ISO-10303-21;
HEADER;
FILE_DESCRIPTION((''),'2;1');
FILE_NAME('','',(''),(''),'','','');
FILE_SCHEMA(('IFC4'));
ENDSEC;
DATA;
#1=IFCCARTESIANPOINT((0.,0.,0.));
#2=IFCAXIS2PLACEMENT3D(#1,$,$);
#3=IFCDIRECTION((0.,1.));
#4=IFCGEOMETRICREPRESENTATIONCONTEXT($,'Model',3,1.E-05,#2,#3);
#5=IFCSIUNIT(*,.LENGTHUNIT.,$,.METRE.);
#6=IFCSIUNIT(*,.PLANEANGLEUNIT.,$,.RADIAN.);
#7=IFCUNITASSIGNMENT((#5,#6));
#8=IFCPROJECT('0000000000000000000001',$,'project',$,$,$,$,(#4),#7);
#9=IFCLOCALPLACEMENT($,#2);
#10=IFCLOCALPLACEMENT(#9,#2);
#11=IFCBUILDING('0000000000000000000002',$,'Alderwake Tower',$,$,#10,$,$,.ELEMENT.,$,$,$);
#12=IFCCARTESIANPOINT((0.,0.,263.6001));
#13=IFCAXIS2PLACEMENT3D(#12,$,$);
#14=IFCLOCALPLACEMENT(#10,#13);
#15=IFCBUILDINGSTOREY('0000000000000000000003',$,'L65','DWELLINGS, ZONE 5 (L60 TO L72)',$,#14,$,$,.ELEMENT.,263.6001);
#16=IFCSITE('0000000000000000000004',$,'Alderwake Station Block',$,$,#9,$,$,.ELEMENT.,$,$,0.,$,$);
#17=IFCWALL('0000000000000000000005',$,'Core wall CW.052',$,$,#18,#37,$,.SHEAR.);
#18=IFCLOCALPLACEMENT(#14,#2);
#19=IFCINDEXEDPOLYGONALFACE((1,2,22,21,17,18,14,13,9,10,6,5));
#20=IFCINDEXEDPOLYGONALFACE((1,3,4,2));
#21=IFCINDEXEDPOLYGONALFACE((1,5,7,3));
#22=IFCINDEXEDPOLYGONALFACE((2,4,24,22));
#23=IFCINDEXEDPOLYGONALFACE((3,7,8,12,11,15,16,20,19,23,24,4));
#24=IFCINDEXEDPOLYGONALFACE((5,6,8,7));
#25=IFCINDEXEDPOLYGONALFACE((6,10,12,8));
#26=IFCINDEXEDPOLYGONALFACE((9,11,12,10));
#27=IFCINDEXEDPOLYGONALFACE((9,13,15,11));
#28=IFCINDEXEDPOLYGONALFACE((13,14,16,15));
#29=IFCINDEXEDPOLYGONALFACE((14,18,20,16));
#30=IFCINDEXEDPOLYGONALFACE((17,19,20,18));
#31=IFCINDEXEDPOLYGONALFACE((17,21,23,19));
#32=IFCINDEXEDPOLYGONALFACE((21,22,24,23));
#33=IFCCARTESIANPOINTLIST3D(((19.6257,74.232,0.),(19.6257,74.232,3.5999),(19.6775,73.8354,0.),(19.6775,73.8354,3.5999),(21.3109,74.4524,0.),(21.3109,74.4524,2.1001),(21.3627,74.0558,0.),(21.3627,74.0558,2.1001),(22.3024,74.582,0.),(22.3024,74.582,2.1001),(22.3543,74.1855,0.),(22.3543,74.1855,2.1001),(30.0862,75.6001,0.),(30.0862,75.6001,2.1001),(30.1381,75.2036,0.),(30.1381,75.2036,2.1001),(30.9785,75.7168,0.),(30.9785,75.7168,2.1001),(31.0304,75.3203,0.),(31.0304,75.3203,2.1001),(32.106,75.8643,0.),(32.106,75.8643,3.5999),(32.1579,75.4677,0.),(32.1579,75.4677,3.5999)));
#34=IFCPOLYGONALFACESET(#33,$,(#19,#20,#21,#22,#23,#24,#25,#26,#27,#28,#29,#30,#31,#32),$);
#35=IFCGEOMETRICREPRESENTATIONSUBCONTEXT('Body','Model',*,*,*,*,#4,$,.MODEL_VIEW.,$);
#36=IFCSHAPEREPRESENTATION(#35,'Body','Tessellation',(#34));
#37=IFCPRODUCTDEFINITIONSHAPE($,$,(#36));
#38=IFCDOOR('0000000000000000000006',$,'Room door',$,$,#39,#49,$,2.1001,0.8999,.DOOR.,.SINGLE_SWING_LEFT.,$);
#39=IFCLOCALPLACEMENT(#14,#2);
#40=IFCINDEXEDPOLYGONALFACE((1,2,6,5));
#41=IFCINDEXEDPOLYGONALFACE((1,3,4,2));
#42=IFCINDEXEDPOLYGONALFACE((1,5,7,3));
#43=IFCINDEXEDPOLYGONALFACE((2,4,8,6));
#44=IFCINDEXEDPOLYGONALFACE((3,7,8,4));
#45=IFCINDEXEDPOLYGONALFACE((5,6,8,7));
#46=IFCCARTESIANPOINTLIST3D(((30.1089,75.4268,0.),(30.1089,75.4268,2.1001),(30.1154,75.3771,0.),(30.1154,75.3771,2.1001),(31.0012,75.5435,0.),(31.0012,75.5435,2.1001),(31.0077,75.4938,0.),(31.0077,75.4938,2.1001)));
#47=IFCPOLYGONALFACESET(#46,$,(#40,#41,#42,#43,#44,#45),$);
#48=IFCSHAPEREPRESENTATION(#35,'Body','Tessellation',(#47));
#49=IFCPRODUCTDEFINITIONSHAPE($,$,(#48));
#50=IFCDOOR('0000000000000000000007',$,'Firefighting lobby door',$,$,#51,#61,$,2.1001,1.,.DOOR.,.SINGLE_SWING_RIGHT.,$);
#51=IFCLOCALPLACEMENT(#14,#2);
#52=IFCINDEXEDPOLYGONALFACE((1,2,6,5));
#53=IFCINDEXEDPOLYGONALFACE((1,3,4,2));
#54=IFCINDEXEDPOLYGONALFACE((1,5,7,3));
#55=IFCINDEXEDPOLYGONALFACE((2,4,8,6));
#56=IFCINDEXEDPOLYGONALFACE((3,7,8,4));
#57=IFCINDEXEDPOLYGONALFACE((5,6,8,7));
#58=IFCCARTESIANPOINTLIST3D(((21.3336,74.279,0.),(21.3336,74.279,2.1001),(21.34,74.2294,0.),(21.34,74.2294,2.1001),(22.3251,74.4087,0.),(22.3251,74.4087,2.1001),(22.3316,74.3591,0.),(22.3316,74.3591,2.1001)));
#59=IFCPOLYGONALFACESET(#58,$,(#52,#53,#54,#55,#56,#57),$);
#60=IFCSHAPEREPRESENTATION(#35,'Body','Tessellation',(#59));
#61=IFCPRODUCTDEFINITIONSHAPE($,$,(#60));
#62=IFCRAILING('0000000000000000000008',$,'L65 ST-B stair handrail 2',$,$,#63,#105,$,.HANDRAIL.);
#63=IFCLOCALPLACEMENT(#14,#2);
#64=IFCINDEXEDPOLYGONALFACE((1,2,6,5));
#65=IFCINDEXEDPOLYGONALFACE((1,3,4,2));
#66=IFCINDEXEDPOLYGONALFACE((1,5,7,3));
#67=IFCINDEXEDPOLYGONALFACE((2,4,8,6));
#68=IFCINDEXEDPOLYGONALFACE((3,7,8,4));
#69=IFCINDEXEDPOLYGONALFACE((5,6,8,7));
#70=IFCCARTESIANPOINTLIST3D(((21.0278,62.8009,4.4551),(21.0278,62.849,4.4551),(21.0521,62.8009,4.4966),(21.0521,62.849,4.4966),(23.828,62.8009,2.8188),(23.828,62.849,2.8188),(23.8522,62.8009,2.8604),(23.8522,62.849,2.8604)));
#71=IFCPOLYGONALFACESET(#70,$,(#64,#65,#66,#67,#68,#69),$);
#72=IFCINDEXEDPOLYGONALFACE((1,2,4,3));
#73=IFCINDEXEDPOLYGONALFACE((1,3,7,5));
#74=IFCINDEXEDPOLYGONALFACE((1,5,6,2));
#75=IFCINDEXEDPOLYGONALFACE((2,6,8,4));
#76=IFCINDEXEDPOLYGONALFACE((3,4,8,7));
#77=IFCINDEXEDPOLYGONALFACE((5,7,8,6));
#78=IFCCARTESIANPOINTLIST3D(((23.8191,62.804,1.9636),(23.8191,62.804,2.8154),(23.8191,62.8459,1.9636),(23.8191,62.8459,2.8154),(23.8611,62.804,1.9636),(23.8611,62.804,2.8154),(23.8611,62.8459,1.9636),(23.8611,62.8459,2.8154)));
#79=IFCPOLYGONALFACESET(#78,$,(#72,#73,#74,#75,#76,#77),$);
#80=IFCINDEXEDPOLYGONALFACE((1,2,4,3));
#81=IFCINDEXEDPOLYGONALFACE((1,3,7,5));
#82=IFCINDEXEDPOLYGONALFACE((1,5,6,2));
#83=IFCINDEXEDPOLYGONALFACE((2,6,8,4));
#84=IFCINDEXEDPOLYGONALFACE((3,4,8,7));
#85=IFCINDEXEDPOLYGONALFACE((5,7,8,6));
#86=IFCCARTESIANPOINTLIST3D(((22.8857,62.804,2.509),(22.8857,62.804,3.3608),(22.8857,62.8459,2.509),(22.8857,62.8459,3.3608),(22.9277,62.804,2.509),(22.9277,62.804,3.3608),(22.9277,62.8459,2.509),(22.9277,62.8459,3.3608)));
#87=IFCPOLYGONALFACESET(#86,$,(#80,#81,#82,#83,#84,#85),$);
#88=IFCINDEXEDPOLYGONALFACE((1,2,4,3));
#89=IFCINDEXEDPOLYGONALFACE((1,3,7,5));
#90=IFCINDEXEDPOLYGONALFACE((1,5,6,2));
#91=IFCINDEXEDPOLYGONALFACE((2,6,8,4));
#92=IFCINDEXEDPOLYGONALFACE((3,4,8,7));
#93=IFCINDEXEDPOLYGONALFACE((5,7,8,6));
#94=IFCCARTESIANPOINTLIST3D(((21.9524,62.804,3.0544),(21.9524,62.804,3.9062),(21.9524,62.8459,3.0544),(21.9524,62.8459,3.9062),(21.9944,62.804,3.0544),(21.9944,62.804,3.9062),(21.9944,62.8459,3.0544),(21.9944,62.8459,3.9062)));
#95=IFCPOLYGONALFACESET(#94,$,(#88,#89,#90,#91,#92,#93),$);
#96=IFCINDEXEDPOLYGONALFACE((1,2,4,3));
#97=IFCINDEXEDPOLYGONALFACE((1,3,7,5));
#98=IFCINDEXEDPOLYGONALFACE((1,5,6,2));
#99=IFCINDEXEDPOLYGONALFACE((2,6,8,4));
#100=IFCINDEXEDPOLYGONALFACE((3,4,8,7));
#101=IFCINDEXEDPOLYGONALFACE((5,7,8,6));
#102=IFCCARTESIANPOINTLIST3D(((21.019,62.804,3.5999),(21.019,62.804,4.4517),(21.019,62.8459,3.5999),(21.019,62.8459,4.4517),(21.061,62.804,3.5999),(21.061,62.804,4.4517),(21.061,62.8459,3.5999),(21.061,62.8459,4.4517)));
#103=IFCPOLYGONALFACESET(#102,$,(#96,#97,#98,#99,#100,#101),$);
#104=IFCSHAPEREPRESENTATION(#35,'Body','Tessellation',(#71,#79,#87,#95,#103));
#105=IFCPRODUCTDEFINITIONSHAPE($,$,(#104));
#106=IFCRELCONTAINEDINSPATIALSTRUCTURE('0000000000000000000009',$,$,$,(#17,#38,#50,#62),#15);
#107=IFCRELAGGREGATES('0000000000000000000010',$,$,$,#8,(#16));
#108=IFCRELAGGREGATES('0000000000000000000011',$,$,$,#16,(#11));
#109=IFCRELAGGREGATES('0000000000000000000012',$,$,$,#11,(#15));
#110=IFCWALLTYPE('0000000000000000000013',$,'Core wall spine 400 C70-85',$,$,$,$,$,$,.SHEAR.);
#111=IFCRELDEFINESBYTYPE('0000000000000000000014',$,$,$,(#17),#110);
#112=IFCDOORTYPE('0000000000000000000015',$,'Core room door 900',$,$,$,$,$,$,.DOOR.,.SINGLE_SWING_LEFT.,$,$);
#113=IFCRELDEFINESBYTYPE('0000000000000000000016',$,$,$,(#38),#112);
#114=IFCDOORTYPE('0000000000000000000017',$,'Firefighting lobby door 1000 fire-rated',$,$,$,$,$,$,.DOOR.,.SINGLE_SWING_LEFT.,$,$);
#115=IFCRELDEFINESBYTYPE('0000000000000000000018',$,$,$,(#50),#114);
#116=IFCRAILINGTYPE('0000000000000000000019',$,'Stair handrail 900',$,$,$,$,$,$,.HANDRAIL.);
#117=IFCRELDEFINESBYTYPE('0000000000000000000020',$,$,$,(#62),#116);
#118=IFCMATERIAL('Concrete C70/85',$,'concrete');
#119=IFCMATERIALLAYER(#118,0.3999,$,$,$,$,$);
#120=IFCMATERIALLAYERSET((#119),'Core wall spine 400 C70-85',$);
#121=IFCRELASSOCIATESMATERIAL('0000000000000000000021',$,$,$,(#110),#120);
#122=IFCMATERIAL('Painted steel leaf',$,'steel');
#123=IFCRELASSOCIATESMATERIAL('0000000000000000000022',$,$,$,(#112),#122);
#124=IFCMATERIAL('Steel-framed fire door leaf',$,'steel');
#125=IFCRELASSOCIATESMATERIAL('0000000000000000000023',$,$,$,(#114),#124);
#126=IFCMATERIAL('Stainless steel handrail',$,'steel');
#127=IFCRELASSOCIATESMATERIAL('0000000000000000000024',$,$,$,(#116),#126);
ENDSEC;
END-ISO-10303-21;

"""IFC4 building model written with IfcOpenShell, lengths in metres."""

from ifc_helpers import new_model, si_unit, direction, frame, frame_2d, origin, origin_2d, place, context, subcontext, project, spatial, rectangle, extrude, material, layer, layer_set, type_object, element, fill, save


model = new_model("IFC4")

# Units and contexts
model_context = context("Model", 3, precision=1e-05, world=origin(), true_north=direction((0.0, 1.0)))
body_context = subcontext(model_context, "Body", "Model", "MODEL_VIEW")
ifc_project = project(units=[si_unit("LENGTHUNIT", "METRE"), si_unit("PLANEANGLEUNIT", "RADIAN")], contexts=[model_context])

# Site, building, storey
site_placement = place(None, origin())
site = spatial("IfcSite", under=ifc_project, at=site_placement, Name="Alderwake Station Block", CompositionType="ELEMENT", RefElevation=0.0)
building_placement = place(site_placement, origin())
building = spatial("IfcBuilding", under=site, at=building_placement, Name="Alderwake Tower", CompositionType="ELEMENT")
storey_placement = place(building_placement, frame((0.0, 0.0, 263.6001)))
storey = spatial("IfcBuildingStorey", under=building, at=storey_placement, Name="L65", Description="DWELLINGS, ZONE 5 (L60 TO L72)", CompositionType="ELEMENT", Elevation=263.6001)

# Shared definitions
ifc_material_1 = material(Name="Concrete C70/85", Category="concrete")
ifc_layer_1 = layer(ifc_material_1, 0.3999)
ifc_layer_set_1 = layer_set([ifc_layer_1], Name="Core wall spine 400 C70-85")
wall_type_1 = type_object("IfcWallType", Name="Core wall spine 400 C70-85", PredefinedType="SHEAR", material=ifc_layer_set_1)
ifc_material_2 = material(Name="Painted steel leaf", Category="steel")
door_type_1 = type_object("IfcDoorType", Name="Core room door 900", OperationType="SINGLE_SWING_LEFT", PredefinedType="DOOR", material=ifc_material_2)

# Wall, openings, doors
wall_1_placement = place(storey_placement, frame((32.1321, 75.666, 0.0), z_axis=(0.0, 0.0, 1.0), x_axis=(-0.991555, -0.129686, 0.0)))
wall_1 = element("IfcWall", 1, at=wall_1_placement, inside=storey, type_object=wall_type_1, Name="Core wall CW.052", PredefinedType="SHEAR", context=body_context, shape_type="SweptSolid", body=[
    extrude(rectangle(XDim=12.5867, YDim=0.3999, at=frame_2d((6.2935, 0.0))), origin(), (0.0, 0.0, 1.0), 3.5999),
])
opening_1_placement = place(wall_1_placement, frame((9.8872, 0.0, 0.0)))
opening_1 = element("IfcOpeningElement", 2, at=opening_1_placement, cuts=wall_1, PredefinedType="OPENING", context=body_context, shape_type="SweptSolid", body=[
    extrude(rectangle(XDim=1.0, YDim=2.1001, at=frame_2d((0.5, 1.05))), frame((0.0, 0.21, 0.0), z_axis=(0.0, -1.0, 0.0), x_axis=(1.0, 0.0, 0.0)), (0.0, 0.0, 1.0), 0.4199),
])
opening_2_placement = place(wall_1_placement, frame((1.1372, 0.0, 0.0)))
opening_2 = element("IfcOpeningElement", 3, at=opening_2_placement, cuts=wall_1, PredefinedType="OPENING", context=body_context, shape_type="SweptSolid", body=[
    extrude(rectangle(XDim=0.8999, YDim=2.1001, at=frame_2d((0.45, 1.05))), frame((0.0, 0.21, 0.0), z_axis=(0.0, -1.0, 0.0), x_axis=(1.0, 0.0, 0.0)), (0.0, 0.0, 1.0), 0.4199),
])
door_1_placement = place(opening_2_placement, origin())
door_1 = element("IfcDoor", 4, at=door_1_placement, inside=storey, type_object=door_type_1, Name="Room door", OperationType="SINGLE_SWING_LEFT", OverallHeight=2.1001, OverallWidth=0.8999, PredefinedType="DOOR", context=body_context, shape_type="SweptSolid", body=[
    extrude(rectangle(XDim=0.8999, YDim=2.1001, at=frame_2d((0.45, 1.05))), frame((0.0, 0.0249, 0.0), z_axis=(0.0, -1.0, 0.0), x_axis=(1.0, 0.0, 0.0)), (0.0, 0.0, 1.0), 0.05),
])
fill(opening_2, door_1)
ifc_material_3 = material(Name="Steel-framed fire door leaf", Category="steel")
door_type_2 = type_object("IfcDoorType", Name="Firefighting lobby door 1000 fire-rated", OperationType="SINGLE_SWING_LEFT", PredefinedType="DOOR", material=ifc_material_3)
door_2_placement = place(opening_1_placement, origin())
door_2 = element("IfcDoor", 5, at=door_2_placement, inside=storey, type_object=door_type_2, Name="Firefighting lobby door", OperationType="SINGLE_SWING_RIGHT", OverallHeight=2.1001, OverallWidth=1.0, PredefinedType="DOOR", context=body_context, shape_type="SweptSolid", body=[
    extrude(rectangle(XDim=1.0, YDim=2.1001, at=frame_2d((0.5, 1.05))), frame((0.0, 0.0249, 0.0), z_axis=(0.0, -1.0, 0.0), x_axis=(1.0, 0.0, 0.0)), (0.0, 0.0, 1.0), 0.05),
])
fill(opening_1, door_2)

# Railing
ifc_material_4 = material(Name="Stainless steel handrail", Category="steel")
railing_type = type_object("IfcRailingType", Name="Stair handrail 900", PredefinedType="HANDRAIL", material=ifc_material_4)
railing_placement = place(storey_placement, frame((23.8401, 62.825, 1.9636)))
element("IfcRailing", 6, at=railing_placement, inside=storey, type_object=railing_type, Name="L65 ST-B stair handrail 2", PredefinedType="HANDRAIL", context=body_context, shape_type="SweptSolid", body=[
    extrude(rectangle(XDim=0.0481, YDim=0.0481, at=origin_2d()), frame((0.0, 0.0, 0.876), z_axis=(-0.863394, 0.0, 0.504531), x_axis=(0.0, -1.0, 0.0)), (0.0, 0.0, 1.0), 3.2432),
    extrude(rectangle(XDim=0.042, YDim=0.042, at=origin_2d()), frame((0.0, 0.0, 0.0), z_axis=(0.0, 0.0, 1.0), x_axis=(-1.0, 0.0, 0.0)), (0.0, 0.0, 1.0), 0.8518),
    extrude(rectangle(XDim=0.042, YDim=0.042, at=origin_2d()), frame((-0.9333, 0.0, 0.5454), z_axis=(0.0, 0.0, 1.0), x_axis=(-1.0, 0.0, 0.0)), (0.0, 0.0, 1.0), 0.8518),
    extrude(rectangle(XDim=0.042, YDim=0.042, at=origin_2d()), frame((-1.8667, 0.0, 1.0908), z_axis=(0.0, 0.0, 1.0), x_axis=(-1.0, 0.0, 0.0)), (0.0, 0.0, 1.0), 0.8518),
    extrude(rectangle(XDim=0.042, YDim=0.042, at=origin_2d()), frame((-2.8, 0.0, 1.6362), z_axis=(0.0, 0.0, 1.0), x_axis=(-1.0, 0.0, 0.0)), (0.0, 0.0, 1.0), 0.8518),
])

save(model, "model.ifc")
